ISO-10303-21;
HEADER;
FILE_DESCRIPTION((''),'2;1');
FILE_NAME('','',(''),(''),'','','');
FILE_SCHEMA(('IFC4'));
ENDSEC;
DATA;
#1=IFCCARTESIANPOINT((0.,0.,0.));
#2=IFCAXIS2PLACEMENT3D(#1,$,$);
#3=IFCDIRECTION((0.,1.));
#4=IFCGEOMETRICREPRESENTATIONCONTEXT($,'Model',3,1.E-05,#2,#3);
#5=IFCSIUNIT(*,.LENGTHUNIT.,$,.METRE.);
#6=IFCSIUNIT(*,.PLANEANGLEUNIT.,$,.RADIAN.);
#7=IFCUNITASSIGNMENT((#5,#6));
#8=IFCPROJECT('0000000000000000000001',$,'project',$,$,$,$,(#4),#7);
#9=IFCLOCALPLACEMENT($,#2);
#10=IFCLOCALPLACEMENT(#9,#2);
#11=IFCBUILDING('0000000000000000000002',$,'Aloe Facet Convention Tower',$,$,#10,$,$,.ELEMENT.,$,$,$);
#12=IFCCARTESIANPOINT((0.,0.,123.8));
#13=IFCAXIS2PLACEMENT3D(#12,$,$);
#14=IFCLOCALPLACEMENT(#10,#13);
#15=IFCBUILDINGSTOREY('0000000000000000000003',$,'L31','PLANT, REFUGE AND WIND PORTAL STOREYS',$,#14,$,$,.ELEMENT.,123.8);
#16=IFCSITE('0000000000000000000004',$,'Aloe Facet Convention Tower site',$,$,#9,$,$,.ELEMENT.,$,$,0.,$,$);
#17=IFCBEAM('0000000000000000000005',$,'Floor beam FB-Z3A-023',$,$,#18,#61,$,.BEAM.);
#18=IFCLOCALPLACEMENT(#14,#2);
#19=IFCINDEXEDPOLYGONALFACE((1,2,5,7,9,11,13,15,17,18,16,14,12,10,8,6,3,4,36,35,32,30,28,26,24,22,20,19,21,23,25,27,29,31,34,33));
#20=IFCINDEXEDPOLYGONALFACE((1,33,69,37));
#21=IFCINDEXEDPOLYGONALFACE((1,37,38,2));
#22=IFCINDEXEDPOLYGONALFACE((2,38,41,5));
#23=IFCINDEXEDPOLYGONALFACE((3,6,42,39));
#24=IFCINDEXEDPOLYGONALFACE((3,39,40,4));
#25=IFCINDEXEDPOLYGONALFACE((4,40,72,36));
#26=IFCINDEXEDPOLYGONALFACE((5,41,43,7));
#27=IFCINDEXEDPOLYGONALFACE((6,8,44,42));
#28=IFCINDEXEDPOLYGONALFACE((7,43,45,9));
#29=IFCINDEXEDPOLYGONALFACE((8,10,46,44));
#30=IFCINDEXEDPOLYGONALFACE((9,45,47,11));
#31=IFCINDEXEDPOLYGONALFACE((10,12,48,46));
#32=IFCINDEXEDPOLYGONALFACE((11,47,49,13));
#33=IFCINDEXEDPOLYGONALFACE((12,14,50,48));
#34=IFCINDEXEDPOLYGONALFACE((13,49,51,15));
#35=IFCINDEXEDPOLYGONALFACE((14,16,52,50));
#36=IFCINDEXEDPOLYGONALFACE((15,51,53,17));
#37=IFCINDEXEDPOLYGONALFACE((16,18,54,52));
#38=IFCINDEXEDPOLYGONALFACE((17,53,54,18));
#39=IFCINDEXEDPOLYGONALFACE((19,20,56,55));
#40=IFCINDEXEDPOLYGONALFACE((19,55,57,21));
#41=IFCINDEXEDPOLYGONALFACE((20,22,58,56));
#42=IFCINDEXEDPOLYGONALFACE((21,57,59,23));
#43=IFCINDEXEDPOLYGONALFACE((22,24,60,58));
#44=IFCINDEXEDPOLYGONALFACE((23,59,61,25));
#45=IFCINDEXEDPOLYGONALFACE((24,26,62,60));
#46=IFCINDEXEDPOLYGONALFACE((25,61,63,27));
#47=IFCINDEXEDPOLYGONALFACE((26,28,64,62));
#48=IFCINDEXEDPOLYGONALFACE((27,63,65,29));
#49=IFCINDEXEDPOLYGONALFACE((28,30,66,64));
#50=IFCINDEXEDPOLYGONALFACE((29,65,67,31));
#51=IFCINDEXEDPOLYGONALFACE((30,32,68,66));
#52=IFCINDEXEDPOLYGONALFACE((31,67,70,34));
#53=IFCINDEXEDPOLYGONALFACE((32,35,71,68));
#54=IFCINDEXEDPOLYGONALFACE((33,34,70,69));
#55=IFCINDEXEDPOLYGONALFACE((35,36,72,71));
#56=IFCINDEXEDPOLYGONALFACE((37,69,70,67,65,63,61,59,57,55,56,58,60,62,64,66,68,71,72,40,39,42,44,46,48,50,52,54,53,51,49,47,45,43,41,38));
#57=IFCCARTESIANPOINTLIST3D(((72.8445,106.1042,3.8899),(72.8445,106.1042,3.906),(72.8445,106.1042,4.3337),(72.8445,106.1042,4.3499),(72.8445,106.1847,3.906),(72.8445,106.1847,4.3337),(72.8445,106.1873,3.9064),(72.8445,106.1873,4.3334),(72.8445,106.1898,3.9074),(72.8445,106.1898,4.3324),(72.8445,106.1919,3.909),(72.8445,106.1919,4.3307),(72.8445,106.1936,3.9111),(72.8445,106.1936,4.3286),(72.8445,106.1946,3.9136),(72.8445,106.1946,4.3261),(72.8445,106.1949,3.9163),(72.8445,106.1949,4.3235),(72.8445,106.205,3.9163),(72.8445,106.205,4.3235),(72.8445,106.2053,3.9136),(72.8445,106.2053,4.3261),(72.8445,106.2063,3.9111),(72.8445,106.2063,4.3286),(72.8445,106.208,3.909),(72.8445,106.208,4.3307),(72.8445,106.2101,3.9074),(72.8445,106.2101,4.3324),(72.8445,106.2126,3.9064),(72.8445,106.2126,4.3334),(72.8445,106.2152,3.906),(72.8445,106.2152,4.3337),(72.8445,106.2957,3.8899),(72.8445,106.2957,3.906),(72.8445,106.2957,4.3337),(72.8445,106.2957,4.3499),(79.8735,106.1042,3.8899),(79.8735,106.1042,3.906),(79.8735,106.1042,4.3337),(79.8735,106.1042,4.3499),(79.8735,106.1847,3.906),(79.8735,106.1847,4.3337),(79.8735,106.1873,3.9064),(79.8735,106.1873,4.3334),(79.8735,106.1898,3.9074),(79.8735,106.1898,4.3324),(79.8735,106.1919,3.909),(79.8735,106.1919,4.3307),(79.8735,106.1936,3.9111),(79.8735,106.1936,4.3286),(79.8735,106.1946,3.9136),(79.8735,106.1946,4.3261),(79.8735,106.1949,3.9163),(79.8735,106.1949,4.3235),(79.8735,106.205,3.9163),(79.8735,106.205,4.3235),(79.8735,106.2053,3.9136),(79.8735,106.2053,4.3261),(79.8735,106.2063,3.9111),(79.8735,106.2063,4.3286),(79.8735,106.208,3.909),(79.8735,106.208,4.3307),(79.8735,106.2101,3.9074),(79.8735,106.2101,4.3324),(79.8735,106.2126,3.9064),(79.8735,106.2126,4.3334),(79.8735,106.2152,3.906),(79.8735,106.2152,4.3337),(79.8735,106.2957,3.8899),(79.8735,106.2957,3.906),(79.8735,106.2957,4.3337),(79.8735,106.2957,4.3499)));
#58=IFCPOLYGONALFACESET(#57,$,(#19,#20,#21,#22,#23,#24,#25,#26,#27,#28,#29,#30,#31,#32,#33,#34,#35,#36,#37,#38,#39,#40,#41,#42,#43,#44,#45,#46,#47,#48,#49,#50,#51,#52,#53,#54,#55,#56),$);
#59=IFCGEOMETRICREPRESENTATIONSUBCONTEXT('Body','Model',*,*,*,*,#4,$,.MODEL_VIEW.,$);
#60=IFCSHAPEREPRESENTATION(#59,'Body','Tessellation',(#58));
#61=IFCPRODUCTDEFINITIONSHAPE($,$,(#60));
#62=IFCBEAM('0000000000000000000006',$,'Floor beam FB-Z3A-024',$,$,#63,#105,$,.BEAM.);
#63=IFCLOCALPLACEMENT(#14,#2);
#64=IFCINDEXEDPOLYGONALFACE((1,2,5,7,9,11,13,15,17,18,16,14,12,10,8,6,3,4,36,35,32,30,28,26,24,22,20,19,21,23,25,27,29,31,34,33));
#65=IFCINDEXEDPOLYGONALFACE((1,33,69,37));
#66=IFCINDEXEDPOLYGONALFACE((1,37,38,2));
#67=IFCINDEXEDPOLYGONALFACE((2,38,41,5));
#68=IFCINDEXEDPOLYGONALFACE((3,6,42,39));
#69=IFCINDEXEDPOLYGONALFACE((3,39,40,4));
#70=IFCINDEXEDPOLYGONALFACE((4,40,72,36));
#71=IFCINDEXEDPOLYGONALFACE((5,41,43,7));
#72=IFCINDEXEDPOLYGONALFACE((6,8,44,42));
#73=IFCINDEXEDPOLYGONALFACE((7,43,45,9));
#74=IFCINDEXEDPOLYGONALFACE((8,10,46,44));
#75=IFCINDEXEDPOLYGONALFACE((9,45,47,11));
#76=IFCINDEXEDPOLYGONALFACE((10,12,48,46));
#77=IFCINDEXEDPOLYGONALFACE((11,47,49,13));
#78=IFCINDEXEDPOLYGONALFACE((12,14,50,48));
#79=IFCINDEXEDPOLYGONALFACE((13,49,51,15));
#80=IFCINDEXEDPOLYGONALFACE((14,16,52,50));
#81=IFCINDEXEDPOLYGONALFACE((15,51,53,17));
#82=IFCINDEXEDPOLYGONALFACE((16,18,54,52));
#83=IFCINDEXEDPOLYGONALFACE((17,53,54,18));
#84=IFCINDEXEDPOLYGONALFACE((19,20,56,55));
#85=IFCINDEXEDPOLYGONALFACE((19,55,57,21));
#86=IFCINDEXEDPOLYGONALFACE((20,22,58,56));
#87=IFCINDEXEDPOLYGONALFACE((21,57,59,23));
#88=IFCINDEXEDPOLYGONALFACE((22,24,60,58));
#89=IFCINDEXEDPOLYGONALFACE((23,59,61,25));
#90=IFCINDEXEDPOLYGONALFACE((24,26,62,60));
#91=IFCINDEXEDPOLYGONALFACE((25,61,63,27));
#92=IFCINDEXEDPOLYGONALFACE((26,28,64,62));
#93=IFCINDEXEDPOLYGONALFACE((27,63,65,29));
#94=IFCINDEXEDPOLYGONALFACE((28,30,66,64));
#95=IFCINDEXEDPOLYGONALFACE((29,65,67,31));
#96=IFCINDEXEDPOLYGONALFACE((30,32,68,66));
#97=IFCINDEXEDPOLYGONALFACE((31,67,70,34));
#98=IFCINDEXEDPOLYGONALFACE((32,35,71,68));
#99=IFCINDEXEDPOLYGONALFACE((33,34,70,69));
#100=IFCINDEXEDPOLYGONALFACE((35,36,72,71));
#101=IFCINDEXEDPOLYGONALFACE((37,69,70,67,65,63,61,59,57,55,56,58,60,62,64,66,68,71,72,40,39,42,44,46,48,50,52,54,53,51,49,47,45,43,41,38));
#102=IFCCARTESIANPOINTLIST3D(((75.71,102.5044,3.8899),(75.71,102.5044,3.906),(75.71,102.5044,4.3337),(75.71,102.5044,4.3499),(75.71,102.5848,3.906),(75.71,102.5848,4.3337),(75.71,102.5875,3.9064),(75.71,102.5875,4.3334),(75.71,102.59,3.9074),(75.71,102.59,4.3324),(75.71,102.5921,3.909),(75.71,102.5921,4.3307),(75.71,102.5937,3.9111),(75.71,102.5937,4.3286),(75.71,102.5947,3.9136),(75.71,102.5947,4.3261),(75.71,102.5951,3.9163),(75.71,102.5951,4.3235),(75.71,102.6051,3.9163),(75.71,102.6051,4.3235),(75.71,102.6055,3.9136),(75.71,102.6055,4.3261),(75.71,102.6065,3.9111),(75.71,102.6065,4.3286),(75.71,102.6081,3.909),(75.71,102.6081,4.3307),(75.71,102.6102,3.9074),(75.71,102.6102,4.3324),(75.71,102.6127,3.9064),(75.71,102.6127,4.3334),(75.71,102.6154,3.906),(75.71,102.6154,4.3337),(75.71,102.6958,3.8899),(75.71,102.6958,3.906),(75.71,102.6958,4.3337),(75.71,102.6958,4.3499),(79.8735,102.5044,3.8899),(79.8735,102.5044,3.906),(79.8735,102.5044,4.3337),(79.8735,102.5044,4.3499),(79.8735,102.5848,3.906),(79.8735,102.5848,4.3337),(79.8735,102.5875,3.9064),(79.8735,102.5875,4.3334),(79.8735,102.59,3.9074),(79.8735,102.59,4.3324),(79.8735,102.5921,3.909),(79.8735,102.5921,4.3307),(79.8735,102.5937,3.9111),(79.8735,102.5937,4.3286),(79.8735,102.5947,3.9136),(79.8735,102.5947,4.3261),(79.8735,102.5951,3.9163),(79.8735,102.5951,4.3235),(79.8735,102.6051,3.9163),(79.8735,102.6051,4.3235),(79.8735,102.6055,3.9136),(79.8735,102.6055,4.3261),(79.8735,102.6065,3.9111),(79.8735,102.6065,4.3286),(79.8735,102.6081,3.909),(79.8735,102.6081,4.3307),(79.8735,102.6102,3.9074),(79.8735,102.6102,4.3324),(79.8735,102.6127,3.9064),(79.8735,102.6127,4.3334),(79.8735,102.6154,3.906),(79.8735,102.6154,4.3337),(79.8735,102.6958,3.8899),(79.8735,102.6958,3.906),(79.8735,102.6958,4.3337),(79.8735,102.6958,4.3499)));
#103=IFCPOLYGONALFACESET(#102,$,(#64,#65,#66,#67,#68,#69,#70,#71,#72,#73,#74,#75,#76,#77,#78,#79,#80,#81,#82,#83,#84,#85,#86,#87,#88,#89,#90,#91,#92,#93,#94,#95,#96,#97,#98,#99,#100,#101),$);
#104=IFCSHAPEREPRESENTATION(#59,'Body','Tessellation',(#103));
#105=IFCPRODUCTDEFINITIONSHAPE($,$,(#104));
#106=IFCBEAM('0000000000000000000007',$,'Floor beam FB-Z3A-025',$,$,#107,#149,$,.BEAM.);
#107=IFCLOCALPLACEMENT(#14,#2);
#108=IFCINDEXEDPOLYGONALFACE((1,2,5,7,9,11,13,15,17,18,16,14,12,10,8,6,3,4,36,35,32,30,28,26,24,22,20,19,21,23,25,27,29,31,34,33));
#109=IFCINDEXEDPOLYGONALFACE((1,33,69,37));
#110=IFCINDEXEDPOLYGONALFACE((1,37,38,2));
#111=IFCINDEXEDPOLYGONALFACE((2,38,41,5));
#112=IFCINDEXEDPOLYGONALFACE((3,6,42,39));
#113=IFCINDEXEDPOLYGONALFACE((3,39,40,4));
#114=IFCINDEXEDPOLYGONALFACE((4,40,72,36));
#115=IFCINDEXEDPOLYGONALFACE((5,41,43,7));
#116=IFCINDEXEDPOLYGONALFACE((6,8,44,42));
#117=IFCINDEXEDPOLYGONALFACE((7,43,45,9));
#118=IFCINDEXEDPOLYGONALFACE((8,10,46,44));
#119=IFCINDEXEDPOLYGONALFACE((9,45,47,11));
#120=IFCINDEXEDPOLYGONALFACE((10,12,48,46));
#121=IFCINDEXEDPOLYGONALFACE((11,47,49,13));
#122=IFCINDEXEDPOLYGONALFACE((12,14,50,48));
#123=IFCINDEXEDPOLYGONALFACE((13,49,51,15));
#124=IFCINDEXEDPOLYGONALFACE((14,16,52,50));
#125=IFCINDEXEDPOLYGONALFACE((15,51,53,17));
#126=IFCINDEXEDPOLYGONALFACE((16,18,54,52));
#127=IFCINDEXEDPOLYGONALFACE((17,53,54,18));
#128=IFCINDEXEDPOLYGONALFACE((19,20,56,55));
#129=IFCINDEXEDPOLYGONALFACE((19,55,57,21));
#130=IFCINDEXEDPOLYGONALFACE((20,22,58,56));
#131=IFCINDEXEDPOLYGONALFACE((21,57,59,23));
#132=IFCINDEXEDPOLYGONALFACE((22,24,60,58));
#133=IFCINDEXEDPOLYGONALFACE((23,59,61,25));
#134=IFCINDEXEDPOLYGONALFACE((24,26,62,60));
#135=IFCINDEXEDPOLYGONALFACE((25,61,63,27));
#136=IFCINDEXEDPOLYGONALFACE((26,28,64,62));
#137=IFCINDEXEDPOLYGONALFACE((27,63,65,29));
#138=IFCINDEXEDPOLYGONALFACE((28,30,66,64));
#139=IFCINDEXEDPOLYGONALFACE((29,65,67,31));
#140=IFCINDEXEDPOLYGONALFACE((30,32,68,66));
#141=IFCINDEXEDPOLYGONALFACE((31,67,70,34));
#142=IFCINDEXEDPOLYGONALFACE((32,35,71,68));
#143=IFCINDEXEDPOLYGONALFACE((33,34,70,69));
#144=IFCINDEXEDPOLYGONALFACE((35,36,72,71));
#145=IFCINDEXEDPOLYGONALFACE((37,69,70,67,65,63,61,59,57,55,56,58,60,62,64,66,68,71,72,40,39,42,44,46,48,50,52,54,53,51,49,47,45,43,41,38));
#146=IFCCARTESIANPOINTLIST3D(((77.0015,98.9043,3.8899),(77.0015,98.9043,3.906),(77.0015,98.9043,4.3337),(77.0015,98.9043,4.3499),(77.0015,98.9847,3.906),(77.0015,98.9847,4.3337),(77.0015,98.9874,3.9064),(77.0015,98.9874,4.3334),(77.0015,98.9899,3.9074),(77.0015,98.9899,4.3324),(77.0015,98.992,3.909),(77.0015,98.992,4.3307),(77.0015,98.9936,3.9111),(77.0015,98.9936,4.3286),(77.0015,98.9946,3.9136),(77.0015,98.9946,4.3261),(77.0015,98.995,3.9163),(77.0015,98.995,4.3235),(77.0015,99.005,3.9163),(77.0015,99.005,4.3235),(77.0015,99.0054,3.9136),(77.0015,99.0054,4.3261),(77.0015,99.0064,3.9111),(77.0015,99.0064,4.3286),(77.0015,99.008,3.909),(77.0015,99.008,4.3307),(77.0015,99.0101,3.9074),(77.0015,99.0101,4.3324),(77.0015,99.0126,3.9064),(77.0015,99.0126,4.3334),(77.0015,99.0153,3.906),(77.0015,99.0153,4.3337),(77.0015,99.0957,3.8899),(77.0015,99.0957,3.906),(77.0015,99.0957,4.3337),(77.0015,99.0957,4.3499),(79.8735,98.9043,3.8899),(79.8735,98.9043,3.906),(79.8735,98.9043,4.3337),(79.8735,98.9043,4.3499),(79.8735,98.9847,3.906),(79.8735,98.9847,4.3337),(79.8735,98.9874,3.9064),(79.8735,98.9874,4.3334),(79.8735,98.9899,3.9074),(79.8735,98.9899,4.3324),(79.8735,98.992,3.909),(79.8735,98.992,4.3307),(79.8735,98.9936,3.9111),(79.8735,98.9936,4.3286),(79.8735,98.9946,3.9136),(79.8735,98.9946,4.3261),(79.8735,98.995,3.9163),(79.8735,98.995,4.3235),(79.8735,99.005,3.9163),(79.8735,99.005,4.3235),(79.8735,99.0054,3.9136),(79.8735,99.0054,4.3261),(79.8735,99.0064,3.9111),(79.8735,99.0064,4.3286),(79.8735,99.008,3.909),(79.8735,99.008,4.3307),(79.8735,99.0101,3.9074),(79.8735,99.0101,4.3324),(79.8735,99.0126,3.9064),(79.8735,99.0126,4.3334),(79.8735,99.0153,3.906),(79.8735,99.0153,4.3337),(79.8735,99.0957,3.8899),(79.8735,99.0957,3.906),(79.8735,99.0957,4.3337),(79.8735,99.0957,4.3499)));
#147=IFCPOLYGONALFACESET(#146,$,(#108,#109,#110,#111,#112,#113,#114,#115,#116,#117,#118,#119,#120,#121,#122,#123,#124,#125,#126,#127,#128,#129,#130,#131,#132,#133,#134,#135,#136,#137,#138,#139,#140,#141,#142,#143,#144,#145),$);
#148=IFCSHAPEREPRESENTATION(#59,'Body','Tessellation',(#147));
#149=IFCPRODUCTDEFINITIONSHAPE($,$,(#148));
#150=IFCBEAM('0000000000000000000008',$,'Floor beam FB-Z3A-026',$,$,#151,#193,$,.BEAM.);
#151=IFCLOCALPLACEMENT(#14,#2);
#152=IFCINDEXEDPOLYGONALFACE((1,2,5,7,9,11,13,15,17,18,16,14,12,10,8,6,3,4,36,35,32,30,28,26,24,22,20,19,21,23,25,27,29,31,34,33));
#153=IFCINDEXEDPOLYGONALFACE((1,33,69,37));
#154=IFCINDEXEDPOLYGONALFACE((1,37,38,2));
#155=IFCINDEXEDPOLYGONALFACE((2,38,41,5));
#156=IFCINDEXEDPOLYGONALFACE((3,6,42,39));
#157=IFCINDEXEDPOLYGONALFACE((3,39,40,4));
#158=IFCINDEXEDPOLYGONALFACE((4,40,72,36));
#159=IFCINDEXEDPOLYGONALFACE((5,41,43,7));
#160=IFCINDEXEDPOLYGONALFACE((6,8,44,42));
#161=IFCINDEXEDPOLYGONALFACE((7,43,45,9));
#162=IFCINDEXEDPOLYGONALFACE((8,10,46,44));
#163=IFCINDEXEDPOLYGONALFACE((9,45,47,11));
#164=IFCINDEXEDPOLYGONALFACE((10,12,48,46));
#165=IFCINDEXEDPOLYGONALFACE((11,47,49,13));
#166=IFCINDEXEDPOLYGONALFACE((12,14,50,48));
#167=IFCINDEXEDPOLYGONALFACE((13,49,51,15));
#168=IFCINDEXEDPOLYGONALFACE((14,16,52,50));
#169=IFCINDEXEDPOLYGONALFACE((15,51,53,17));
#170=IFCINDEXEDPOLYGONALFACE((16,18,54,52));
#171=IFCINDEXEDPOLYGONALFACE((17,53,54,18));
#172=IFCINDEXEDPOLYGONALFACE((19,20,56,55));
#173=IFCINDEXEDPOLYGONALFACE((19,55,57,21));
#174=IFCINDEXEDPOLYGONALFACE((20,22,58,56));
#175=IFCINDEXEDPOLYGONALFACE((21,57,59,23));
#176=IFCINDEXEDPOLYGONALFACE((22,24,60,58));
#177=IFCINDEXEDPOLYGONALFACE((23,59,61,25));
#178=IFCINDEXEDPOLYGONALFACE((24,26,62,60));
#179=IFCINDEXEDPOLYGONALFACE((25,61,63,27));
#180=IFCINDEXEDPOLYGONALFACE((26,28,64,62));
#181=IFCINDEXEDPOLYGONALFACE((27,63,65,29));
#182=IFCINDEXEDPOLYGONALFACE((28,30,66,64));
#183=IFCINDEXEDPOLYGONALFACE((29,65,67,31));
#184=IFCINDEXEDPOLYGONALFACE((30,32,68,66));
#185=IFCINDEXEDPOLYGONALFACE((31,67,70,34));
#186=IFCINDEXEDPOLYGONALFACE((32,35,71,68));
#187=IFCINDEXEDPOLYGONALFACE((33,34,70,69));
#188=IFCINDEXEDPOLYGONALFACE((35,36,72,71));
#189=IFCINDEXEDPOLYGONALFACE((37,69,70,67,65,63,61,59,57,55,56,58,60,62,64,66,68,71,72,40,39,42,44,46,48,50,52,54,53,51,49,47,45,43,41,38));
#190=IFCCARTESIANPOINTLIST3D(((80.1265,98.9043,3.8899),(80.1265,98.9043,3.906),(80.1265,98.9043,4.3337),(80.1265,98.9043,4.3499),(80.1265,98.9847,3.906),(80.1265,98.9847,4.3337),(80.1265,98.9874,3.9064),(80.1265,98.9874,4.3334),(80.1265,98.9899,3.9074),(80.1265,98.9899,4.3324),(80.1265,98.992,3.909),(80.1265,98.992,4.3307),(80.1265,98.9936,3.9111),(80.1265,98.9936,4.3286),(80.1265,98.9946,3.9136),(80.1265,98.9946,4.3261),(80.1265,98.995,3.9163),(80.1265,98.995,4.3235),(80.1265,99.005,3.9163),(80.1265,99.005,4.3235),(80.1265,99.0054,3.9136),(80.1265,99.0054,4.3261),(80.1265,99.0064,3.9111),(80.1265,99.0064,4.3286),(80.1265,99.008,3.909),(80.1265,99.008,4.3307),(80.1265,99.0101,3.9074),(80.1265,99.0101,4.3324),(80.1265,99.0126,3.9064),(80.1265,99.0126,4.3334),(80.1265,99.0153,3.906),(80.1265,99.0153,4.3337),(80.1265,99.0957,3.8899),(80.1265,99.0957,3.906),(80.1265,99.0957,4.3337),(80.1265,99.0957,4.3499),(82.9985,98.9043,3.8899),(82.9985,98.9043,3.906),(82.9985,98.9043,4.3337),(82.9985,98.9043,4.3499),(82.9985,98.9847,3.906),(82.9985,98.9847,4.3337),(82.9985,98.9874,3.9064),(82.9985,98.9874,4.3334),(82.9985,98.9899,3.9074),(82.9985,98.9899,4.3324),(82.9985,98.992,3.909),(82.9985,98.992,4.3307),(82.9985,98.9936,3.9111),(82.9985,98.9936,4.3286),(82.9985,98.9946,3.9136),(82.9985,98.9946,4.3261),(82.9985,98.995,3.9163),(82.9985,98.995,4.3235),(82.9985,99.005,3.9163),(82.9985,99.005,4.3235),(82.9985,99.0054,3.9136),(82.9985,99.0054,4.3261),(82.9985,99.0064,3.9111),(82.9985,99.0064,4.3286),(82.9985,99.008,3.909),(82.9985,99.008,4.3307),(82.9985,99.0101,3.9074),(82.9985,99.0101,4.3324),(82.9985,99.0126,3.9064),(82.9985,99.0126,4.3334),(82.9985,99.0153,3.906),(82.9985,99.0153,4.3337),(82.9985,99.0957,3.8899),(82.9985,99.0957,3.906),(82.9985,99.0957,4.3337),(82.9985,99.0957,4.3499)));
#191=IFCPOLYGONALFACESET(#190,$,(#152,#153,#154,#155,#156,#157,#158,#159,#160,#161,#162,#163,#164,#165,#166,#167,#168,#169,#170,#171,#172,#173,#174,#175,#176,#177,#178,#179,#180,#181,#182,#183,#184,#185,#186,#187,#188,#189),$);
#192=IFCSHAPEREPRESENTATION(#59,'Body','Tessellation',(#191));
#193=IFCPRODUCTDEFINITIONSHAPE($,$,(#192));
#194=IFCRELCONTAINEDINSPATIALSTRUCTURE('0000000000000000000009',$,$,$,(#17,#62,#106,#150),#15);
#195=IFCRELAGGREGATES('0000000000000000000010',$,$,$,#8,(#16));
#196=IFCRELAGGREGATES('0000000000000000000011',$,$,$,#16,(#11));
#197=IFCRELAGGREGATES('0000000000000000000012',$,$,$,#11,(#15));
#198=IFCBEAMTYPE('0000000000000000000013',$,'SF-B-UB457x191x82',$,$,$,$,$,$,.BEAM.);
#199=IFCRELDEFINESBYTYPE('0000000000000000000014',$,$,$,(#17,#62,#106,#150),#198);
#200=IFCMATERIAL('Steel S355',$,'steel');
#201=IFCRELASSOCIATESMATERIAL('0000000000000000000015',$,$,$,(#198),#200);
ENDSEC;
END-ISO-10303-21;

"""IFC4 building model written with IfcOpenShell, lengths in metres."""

from ifc_helpers import new_model, si_unit, direction, frame, origin, origin_2d, place, context, subcontext, project, spatial, i_section, extrude, material, material_profile, profile_set, type_object, element, save


model = new_model("IFC4")

# Units and contexts
model_context = context("Model", 3, precision=1e-05, world=origin(), true_north=direction((0.0, 1.0)))
body_context = subcontext(model_context, "Body", "Model", "MODEL_VIEW")
ifc_project = project(units=[si_unit("LENGTHUNIT", "METRE"), si_unit("PLANEANGLEUNIT", "RADIAN")], contexts=[model_context])

# Site, building, storey
site_placement = place(None, origin())
site = spatial("IfcSite", under=ifc_project, at=site_placement, Name="Aloe Facet Convention Tower site", CompositionType="ELEMENT", RefElevation=0.0)
building_placement = place(site_placement, origin())
building = spatial("IfcBuilding", under=site, at=building_placement, Name="Aloe Facet Convention Tower", CompositionType="ELEMENT")
storey_placement = place(building_placement, frame((0.0, 0.0, 123.8)))
storey = spatial("IfcBuildingStorey", under=building, at=storey_placement, Name="L31", Description="PLANT, REFUGE AND WIND PORTAL STOREYS", CompositionType="ELEMENT", Elevation=123.8)

# Beams
ifc_material_1 = material(Name="Steel S355", Category="steel")
ifc_material_profile_1 = material_profile(ifc_material_1, i_section(OverallWidth=0.1914, OverallDepth=0.46, WebThickness=0.01, FlangeThickness=0.0161, FilletRadius=0.0103, at=origin_2d()), Name="UB 457x191x82")
ifc_profile_set_1 = profile_set([ifc_material_profile_1], Name="Steel S355")
beam_type_1 = type_object("IfcBeamType", Name="SF-B-UB457x191x82", PredefinedType="BEAM", material=ifc_profile_set_1)
beam_1_placement = place(storey_placement, frame((72.8445, 106.2, 4.1199), z_axis=(1.0, 0.0, 0.0), x_axis=(0.0, 1.0, 0.0)))
element("IfcBeam", 1, at=beam_1_placement, inside=storey, type_object=beam_type_1, Name="Floor beam FB-Z3A-023", PredefinedType="BEAM", context=body_context, shape_type="SweptSolid", body=[
    extrude(i_section(OverallWidth=0.1914, OverallDepth=0.46, WebThickness=0.01, FlangeThickness=0.0161, FilletRadius=0.0103, at=origin_2d()), origin(), (0.0, 0.0, 1.0), 7.0291),
])
beam_2_placement = place(storey_placement, frame((75.71, 102.6001, 4.1199), z_axis=(1.0, 0.0, 0.0), x_axis=(0.0, 1.0, 0.0)))
element("IfcBeam", 2, at=beam_2_placement, inside=storey, type_object=beam_type_1, Name="Floor beam FB-Z3A-024", PredefinedType="BEAM", context=body_context, shape_type="SweptSolid", body=[
    extrude(i_section(OverallWidth=0.1914, OverallDepth=0.46, WebThickness=0.01, FlangeThickness=0.0161, FilletRadius=0.0103, at=origin_2d()), origin(), (0.0, 0.0, 1.0), 4.1636),
])
for number, where, z_axis, x_axis, name in (
    (3, (77.0015, 99.0, 4.1199), (1.0, 0.0, 0.0), (0.0, 1.0, 0.0), "Floor beam FB-Z3A-025"),
    (4, (80.1265, 99.0, 4.1199), (1.0, 0.0, 0.0), (0.0, 1.0, 0.0), "Floor beam FB-Z3A-026"),
):
    element("IfcBeam", number, at=place(storey_placement, frame(where, z_axis=z_axis, x_axis=x_axis)), inside=storey, type_object=beam_type_1, Name=name, PredefinedType="BEAM", context=body_context, shape_type="SweptSolid", body=[
        extrude(i_section(OverallWidth=0.1914, OverallDepth=0.46, WebThickness=0.01, FlangeThickness=0.0161, FilletRadius=0.0103, at=origin_2d()), origin(), (0.0, 0.0, 1.0), 2.8721),
    ])

save(model, "model.ifc")
